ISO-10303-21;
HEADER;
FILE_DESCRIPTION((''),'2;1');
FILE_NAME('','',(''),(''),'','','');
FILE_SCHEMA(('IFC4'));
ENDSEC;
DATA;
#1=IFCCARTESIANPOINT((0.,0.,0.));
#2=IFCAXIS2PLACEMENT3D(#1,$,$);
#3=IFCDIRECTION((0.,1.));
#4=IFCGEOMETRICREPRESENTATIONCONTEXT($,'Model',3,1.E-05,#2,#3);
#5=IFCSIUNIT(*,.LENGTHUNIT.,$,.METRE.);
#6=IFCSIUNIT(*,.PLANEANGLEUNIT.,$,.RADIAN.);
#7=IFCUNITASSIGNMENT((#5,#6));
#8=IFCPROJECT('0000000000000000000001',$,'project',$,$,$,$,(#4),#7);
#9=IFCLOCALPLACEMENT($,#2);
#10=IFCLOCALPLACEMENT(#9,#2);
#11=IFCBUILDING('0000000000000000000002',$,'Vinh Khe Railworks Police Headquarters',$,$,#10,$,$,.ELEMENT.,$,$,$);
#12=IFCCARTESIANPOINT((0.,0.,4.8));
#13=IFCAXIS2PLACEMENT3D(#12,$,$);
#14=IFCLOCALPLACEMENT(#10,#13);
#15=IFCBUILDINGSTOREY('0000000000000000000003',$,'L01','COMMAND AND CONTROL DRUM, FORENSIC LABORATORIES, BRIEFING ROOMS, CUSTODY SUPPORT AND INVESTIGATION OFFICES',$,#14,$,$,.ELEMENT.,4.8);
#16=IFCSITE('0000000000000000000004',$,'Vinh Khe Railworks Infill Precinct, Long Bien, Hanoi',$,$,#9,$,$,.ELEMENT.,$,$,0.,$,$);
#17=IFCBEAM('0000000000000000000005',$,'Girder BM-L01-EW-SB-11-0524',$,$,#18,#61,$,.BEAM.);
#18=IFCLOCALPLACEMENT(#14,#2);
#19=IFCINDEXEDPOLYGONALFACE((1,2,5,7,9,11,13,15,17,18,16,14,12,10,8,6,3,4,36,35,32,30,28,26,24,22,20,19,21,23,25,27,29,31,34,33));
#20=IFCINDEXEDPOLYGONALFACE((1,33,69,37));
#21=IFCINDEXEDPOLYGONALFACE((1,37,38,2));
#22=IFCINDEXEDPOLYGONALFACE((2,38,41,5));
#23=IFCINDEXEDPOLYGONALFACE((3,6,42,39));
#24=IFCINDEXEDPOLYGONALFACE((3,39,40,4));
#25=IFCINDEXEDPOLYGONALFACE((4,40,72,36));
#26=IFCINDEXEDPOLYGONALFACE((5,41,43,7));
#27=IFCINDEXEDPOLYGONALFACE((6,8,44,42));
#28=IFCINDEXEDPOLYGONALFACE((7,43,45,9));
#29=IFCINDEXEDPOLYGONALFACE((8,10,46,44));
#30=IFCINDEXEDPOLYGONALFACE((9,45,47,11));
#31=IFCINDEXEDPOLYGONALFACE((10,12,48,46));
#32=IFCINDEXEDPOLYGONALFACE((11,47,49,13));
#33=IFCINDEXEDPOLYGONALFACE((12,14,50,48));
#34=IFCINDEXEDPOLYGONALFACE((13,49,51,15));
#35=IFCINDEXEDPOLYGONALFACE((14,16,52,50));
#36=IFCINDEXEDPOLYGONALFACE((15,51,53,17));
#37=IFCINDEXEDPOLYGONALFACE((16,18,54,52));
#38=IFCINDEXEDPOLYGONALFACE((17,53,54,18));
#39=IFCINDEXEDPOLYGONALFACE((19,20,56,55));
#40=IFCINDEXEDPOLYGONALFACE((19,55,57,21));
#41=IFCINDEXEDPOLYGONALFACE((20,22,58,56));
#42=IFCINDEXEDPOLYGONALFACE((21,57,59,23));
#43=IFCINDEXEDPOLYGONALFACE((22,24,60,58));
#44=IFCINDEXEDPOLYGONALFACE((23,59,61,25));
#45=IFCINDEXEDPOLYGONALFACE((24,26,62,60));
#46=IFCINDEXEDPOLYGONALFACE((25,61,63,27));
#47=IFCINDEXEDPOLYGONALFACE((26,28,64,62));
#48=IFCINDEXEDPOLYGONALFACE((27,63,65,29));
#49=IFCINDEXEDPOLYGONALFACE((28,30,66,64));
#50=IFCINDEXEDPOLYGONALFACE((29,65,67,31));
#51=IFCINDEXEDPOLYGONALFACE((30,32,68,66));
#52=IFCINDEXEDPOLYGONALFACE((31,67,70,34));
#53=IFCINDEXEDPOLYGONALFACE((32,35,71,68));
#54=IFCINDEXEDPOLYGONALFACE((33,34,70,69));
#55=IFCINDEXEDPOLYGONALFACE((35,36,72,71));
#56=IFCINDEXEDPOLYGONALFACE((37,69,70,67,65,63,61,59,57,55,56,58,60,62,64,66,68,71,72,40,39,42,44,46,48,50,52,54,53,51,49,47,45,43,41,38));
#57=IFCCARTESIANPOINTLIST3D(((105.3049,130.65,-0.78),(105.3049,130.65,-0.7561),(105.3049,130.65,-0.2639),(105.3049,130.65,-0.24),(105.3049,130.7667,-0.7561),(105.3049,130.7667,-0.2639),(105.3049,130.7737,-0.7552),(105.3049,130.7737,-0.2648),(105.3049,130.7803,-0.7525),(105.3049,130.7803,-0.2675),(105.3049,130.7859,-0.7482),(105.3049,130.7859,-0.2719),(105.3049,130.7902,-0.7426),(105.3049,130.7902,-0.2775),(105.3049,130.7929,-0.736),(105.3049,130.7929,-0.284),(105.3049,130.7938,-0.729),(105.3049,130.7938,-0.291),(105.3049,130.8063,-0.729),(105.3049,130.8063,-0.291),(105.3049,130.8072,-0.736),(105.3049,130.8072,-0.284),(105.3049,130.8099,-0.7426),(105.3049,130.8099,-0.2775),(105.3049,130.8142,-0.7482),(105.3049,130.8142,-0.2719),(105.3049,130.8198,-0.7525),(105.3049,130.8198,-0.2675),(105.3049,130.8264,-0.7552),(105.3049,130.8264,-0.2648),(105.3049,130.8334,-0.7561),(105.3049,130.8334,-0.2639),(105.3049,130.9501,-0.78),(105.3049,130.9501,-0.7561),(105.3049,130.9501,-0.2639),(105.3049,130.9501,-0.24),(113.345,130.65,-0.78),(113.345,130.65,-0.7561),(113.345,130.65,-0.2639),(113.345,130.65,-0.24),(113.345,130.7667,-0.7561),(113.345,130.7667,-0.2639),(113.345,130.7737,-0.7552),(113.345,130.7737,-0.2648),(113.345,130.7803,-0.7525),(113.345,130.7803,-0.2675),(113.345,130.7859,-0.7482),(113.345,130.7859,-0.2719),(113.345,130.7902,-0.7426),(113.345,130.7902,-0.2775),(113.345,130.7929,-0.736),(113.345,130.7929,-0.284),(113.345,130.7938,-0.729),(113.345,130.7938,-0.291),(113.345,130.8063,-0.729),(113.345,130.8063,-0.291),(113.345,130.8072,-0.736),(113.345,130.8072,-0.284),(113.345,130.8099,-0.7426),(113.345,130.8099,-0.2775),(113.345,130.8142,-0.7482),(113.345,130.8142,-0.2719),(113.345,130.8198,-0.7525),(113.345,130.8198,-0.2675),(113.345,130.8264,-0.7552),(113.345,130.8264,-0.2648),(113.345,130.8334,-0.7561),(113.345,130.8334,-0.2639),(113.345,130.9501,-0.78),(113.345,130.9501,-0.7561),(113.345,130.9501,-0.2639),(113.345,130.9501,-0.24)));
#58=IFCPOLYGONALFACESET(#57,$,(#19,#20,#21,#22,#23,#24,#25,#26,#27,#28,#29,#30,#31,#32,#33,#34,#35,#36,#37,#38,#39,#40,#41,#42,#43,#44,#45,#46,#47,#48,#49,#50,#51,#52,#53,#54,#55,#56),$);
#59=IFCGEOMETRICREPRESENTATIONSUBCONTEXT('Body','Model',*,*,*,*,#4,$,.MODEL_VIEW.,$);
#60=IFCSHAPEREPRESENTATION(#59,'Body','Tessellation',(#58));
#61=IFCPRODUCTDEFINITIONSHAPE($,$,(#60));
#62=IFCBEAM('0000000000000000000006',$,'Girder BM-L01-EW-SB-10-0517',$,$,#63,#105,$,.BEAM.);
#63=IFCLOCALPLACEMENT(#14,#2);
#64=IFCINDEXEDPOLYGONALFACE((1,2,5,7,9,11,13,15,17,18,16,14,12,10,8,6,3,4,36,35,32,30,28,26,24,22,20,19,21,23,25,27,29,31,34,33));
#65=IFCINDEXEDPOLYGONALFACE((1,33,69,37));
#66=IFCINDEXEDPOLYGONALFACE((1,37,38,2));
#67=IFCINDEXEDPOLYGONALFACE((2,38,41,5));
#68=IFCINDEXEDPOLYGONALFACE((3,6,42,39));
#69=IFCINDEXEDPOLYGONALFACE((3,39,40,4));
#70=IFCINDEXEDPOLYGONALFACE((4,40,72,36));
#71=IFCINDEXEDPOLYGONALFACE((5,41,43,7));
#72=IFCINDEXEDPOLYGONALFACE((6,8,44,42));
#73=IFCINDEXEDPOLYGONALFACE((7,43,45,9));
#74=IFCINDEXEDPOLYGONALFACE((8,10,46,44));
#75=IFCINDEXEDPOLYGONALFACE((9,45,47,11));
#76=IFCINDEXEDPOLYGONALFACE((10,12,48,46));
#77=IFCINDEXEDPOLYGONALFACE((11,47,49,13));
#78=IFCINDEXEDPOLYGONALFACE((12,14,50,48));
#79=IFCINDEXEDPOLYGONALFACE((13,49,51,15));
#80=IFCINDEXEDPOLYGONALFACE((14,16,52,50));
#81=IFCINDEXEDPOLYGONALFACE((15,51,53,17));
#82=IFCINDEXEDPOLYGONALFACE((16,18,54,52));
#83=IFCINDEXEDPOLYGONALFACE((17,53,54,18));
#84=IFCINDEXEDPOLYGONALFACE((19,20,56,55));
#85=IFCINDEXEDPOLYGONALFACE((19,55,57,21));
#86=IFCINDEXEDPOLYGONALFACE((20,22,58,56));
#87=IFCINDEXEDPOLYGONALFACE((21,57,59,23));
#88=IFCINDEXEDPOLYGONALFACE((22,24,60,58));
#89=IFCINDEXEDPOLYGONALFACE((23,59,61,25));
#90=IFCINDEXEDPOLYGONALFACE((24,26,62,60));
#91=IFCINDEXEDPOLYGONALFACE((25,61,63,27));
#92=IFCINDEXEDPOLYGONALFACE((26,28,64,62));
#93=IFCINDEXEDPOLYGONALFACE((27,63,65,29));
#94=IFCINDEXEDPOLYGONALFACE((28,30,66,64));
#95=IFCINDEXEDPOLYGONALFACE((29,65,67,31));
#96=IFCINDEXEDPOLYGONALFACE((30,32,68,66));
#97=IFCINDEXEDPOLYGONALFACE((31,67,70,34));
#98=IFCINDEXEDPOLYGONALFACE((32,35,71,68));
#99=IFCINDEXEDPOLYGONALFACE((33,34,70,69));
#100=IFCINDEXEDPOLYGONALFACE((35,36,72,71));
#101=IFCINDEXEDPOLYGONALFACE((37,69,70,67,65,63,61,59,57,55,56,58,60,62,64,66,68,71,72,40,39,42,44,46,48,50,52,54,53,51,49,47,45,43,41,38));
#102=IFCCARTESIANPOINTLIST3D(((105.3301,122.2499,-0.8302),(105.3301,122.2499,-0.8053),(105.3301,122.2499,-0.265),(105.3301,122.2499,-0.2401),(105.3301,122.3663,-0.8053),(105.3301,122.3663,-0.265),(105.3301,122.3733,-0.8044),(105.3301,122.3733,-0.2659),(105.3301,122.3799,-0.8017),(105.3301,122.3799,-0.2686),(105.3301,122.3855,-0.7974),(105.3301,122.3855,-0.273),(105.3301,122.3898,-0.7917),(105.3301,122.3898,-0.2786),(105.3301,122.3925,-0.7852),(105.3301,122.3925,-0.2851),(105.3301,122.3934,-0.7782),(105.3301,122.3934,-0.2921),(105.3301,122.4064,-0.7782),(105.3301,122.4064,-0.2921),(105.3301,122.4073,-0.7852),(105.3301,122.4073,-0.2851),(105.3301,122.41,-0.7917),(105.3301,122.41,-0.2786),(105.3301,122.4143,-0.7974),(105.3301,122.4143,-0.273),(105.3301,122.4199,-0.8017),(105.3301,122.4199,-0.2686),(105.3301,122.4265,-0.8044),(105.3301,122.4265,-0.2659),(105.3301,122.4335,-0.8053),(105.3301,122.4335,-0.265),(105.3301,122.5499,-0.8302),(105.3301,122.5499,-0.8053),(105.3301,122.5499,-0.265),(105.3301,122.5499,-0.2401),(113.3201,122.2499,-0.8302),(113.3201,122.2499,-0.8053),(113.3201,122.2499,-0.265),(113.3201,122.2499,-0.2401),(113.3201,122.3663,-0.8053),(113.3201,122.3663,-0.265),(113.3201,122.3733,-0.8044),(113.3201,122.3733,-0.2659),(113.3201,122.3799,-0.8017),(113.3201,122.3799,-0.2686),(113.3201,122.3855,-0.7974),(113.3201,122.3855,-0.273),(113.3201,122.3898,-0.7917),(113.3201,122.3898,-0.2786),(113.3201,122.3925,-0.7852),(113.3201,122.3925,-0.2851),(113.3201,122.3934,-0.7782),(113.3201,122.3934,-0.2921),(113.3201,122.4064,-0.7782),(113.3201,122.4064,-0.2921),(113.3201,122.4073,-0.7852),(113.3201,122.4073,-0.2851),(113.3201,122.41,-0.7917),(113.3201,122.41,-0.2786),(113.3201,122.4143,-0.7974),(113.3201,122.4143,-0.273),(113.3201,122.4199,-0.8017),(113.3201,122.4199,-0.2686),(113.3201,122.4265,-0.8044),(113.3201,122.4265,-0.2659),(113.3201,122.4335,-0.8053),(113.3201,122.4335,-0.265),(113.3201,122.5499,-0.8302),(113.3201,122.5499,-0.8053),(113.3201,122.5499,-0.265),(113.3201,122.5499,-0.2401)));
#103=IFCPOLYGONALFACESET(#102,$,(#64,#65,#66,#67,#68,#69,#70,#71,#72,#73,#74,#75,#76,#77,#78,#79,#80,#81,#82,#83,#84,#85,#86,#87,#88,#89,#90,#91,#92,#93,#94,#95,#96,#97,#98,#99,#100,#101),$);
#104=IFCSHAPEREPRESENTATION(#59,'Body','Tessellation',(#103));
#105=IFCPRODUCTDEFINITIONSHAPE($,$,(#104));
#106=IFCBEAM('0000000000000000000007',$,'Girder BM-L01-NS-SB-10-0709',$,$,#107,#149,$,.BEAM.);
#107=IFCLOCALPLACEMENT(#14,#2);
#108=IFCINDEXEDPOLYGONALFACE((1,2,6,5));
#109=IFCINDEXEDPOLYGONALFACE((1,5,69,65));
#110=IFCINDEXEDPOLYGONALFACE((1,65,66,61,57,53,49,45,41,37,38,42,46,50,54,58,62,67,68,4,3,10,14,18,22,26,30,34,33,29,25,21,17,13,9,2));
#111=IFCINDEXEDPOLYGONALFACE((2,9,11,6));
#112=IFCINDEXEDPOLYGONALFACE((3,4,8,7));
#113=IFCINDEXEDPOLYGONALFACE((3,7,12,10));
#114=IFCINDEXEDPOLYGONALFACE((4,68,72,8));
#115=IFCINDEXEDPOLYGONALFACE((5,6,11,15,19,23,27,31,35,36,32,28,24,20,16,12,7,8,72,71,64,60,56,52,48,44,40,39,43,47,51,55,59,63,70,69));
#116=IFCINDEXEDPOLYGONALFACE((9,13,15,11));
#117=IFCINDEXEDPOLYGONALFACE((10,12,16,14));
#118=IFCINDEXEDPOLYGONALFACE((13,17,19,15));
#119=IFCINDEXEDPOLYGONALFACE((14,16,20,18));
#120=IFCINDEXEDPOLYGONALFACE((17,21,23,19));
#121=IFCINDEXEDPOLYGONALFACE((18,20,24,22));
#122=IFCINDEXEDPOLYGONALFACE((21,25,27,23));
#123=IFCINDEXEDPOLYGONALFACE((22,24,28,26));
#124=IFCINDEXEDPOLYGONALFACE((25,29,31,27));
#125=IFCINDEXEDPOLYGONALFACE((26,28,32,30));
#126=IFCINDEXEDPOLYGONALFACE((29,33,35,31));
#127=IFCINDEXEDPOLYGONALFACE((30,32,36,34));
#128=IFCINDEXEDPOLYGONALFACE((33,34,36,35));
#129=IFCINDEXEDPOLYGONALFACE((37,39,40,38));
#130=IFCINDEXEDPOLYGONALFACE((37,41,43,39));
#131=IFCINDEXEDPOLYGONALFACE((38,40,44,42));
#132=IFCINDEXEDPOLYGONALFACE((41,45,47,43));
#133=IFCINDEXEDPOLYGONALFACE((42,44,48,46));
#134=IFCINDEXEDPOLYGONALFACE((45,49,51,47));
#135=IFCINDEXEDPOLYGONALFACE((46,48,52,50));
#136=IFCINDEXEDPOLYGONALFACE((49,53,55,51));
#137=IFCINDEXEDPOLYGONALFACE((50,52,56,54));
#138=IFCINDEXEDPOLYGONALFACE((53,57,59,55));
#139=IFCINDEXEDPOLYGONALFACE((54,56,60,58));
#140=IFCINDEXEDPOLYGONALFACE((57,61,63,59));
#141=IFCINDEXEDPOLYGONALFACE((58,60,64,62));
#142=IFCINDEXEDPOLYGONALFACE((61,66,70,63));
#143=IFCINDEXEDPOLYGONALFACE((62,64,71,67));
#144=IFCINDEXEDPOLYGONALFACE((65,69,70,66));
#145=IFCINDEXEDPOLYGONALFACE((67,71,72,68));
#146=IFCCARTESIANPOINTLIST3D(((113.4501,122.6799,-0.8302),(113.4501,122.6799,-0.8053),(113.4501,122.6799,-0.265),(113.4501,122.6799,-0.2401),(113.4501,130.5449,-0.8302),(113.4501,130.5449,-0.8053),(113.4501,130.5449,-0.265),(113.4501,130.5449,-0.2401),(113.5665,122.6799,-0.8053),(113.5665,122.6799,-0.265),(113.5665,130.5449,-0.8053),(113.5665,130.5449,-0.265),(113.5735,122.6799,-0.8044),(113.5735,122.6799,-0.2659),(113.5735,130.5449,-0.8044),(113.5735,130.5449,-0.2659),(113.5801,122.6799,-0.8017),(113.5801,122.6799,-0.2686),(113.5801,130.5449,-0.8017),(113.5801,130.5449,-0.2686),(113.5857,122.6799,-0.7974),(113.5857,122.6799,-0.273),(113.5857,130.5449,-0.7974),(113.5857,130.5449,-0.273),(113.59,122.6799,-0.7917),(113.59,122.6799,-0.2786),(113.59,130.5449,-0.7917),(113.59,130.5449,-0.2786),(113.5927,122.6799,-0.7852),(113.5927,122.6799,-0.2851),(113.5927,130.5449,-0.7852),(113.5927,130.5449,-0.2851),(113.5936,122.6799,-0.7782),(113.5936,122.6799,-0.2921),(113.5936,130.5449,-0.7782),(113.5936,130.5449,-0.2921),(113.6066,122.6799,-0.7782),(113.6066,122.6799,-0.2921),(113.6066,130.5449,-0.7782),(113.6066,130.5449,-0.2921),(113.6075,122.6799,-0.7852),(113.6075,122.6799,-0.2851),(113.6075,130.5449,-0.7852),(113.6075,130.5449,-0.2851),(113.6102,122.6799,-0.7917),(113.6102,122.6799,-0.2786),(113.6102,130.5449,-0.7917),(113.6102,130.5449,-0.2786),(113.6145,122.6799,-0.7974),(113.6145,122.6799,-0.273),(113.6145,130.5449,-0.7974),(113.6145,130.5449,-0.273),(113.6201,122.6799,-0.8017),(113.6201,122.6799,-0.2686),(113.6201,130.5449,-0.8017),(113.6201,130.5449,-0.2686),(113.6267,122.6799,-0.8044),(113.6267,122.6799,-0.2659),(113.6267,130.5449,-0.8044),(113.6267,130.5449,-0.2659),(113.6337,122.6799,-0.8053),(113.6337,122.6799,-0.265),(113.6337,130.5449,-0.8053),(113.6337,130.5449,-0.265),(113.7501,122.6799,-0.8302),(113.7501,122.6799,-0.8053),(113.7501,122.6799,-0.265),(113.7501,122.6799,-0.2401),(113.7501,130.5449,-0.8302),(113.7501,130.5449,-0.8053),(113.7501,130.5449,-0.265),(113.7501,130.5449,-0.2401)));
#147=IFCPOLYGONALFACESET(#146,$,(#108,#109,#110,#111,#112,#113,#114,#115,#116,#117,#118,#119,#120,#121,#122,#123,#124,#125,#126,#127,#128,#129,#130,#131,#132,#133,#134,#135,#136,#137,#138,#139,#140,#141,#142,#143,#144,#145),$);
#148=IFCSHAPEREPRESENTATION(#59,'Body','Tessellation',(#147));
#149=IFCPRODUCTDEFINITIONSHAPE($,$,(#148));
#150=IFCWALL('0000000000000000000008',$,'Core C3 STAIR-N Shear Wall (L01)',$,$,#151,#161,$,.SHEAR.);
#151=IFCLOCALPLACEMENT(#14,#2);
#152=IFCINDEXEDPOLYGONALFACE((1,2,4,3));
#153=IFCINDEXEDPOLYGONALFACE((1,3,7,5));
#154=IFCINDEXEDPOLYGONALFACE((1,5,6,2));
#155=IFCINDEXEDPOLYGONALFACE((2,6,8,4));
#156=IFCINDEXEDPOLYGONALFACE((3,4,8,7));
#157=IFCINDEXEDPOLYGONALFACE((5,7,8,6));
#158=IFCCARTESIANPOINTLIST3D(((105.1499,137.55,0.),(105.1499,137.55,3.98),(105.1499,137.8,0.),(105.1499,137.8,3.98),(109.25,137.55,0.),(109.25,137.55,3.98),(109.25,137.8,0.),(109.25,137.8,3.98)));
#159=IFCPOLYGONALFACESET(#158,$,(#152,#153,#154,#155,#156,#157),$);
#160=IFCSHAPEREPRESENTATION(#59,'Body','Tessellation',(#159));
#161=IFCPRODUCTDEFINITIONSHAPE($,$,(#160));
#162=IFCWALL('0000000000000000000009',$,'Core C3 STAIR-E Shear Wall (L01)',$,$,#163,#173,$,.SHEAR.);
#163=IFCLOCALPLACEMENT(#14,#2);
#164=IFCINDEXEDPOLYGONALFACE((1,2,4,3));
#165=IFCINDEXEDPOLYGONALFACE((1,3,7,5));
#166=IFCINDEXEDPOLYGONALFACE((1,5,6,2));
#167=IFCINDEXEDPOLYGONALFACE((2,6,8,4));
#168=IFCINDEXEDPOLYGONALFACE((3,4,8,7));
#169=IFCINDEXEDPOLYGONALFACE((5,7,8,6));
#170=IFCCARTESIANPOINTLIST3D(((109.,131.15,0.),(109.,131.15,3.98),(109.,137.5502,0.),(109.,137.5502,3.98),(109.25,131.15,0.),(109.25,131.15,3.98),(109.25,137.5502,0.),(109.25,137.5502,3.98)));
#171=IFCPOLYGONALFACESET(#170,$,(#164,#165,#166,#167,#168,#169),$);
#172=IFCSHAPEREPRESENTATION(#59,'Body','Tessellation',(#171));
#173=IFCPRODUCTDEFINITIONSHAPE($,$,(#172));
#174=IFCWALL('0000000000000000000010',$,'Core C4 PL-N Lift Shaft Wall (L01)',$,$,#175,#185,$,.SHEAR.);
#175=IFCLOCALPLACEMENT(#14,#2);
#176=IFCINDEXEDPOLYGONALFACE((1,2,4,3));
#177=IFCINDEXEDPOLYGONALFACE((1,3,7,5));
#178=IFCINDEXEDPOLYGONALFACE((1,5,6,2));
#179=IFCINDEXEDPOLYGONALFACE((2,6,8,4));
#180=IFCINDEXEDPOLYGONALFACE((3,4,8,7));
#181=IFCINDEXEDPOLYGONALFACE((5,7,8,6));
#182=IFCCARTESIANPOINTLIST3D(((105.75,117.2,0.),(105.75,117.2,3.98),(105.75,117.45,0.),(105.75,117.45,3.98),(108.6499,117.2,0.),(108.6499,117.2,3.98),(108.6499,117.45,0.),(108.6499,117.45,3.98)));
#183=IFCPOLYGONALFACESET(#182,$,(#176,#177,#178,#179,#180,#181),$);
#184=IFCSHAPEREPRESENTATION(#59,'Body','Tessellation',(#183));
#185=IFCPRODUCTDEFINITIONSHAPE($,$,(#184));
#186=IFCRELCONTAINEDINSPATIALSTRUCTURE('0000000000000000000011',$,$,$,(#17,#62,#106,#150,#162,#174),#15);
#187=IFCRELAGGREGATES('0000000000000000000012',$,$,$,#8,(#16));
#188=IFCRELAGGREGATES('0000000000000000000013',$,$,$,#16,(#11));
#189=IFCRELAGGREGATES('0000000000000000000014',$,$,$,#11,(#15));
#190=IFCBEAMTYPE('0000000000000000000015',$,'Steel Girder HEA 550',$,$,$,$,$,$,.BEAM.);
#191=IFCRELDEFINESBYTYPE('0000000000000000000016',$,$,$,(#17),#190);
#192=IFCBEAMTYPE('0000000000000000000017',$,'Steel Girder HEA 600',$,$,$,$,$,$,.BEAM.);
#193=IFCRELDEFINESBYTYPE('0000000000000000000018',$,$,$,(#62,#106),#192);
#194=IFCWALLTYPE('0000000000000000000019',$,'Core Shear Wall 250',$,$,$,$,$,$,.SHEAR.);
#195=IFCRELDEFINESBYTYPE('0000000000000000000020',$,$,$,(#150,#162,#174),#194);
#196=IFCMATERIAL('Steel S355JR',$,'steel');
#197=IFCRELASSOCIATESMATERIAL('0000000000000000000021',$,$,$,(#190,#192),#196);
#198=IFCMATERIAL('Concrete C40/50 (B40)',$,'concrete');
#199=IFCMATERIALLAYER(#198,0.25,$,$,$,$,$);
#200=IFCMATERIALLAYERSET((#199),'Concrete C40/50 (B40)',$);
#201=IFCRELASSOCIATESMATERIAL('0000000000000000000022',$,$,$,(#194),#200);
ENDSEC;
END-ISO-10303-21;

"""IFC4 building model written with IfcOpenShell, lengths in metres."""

from ifc_helpers import new_model, si_unit, direction, frame, frame_2d, origin, origin_2d, place, context, subcontext, project, spatial, rectangle, i_section, extrude, material, layer, layer_set, material_profile, profile_set, type_object, element, save


model = new_model("IFC4")

# Units and contexts
model_context = context("Model", 3, precision=1e-05, world=origin(), true_north=direction((0.0, 1.0)))
body_context = subcontext(model_context, "Body", "Model", "MODEL_VIEW")
ifc_project = project(units=[si_unit("LENGTHUNIT", "METRE"), si_unit("PLANEANGLEUNIT", "RADIAN")], contexts=[model_context])

# Site, building, storey
site_placement = place(None, origin())
site = spatial("IfcSite", under=ifc_project, at=site_placement, Name="Vinh Khe Railworks Infill Precinct, Long Bien, Hanoi", CompositionType="ELEMENT", RefElevation=0.0)
building_placement = place(site_placement, origin())
building = spatial("IfcBuilding", under=site, at=building_placement, Name="Vinh Khe Railworks Police Headquarters", CompositionType="ELEMENT")
storey_placement = place(building_placement, frame((0.0, 0.0, 4.8)))
storey = spatial("IfcBuildingStorey", under=building, at=storey_placement, Name="L01", Description="COMMAND AND CONTROL DRUM, FORENSIC LABORATORIES, BRIEFING ROOMS, CUSTODY SUPPORT AND INVESTIGATION OFFICES", CompositionType="ELEMENT", Elevation=4.8)

# Shared definitions
ifc_material_1 = material(Name="Concrete C40/50 (B40)", Category="concrete")

# Beams
ifc_material_2 = material(Name="Steel S355JR", Category="steel")
ifc_material_profile_1 = material_profile(ifc_material_2, i_section(OverallWidth=0.3, OverallDepth=0.54, WebThickness=0.0125, FlangeThickness=0.0239, FilletRadius=0.0271, at=origin_2d()), Name="HEA 550")
ifc_profile_set_1 = profile_set([ifc_material_profile_1], Name="Steel S355JR")
beam_type_1 = type_object("IfcBeamType", Name="Steel Girder HEA 550", PredefinedType="BEAM", material=ifc_profile_set_1)
beam_1_placement = place(storey_placement, frame((105.3049, 130.8, -0.51), z_axis=(1.0, 0.0, 0.0), x_axis=(0.0, 1.0, 0.0)))
element("IfcBeam", 1, at=beam_1_placement, inside=storey, type_object=beam_type_1, Name="Girder BM-L01-EW-SB-11-0524", PredefinedType="BEAM", context=body_context, shape_type="SweptSolid", body=[
    extrude(i_section(OverallWidth=0.3, OverallDepth=0.54, WebThickness=0.0125, FlangeThickness=0.0239, FilletRadius=0.0271, at=origin_2d()), origin(), (0.0, 0.0, 1.0), 8.04),
])
ifc_material_profile_2 = material_profile(ifc_material_2, i_section(OverallWidth=0.3, OverallDepth=0.5901, WebThickness=0.0129, FlangeThickness=0.0249, FilletRadius=0.0271, at=origin_2d()), Name="HEA 600")
ifc_profile_set_2 = profile_set([ifc_material_profile_2], Name="Steel S355JR")
beam_type_2 = type_object("IfcBeamType", Name="Steel Girder HEA 600", PredefinedType="BEAM", material=ifc_profile_set_2)
beam_2_placement = place(storey_placement, frame((105.3301, 122.3999, -0.5352), z_axis=(1.0, 0.0, 0.0), x_axis=(0.0, 1.0, 0.0)))
element("IfcBeam", 2, at=beam_2_placement, inside=storey, type_object=beam_type_2, Name="Girder BM-L01-EW-SB-10-0517", PredefinedType="BEAM", context=body_context, shape_type="SweptSolid", body=[
    extrude(i_section(OverallWidth=0.3, OverallDepth=0.5901, WebThickness=0.0129, FlangeThickness=0.0249, FilletRadius=0.0271, at=origin_2d()), origin(), (0.0, 0.0, 1.0), 7.99),
])
beam_3_placement = place(storey_placement, frame((113.6001, 122.6799, -0.5352), z_axis=(0.0, 1.0, 0.0), x_axis=(-1.0, 0.0, 0.0)))
element("IfcBeam", 3, at=beam_3_placement, inside=storey, type_object=beam_type_2, Name="Girder BM-L01-NS-SB-10-0709", PredefinedType="BEAM", context=body_context, shape_type="SweptSolid", body=[
    extrude(i_section(OverallWidth=0.3, OverallDepth=0.5901, WebThickness=0.0129, FlangeThickness=0.0249, FilletRadius=0.0271, at=origin_2d()), origin(), (0.0, 0.0, 1.0), 7.865),
])

# Wall
ifc_layer_1 = layer(ifc_material_1, 0.25)
ifc_layer_set_1 = layer_set([ifc_layer_1], Name="Concrete C40/50 (B40)")
wall_type_1 = type_object("IfcWallType", Name="Core Shear Wall 250", PredefinedType="SHEAR", material=ifc_layer_set_1)
wall_1_placement = place(storey_placement, frame((105.1499, 137.675, 0.0), z_axis=(0.0, 0.0, 1.0), x_axis=(1.0, 0.0, 0.0)))
element("IfcWall", 4, at=wall_1_placement, inside=storey, type_object=wall_type_1, Name="Core C3 STAIR-N Shear Wall (L01)", PredefinedType="SHEAR", context=body_context, shape_type="SweptSolid", body=[
    extrude(rectangle(XDim=4.1001, YDim=0.25, at=frame_2d((2.05, 0.0))), origin(), (0.0, 0.0, 1.0), 3.98),
])

# Walls
wall_2_placement = place(storey_placement, frame((109.125, 131.1499, 0.0), z_axis=(0.0, 0.0, 1.0), x_axis=(0.0, 1.0, 0.0)))
element("IfcWall", 5, at=wall_2_placement, inside=storey, type_object=wall_type_1, Name="Core C3 STAIR-E Shear Wall (L01)", PredefinedType="SHEAR", context=body_context, shape_type="SweptSolid", body=[
    extrude(rectangle(XDim=6.4001, YDim=0.25, at=frame_2d((3.2002, 0.0))), origin(), (0.0, 0.0, 1.0), 3.98),
])
wall_3_placement = place(storey_placement, frame((105.75, 117.325, 0.0), z_axis=(0.0, 0.0, 1.0), x_axis=(1.0, 0.0, 0.0)))
element("IfcWall", 6, at=wall_3_placement, inside=storey, type_object=wall_type_1, Name="Core C4 PL-N Lift Shaft Wall (L01)", PredefinedType="SHEAR", context=body_context, shape_type="SweptSolid", body=[
    extrude(rectangle(XDim=2.8999, YDim=0.25, at=frame_2d((1.45, 0.0))), origin(), (0.0, 0.0, 1.0), 3.98),
])

save(model, "model.ifc")
